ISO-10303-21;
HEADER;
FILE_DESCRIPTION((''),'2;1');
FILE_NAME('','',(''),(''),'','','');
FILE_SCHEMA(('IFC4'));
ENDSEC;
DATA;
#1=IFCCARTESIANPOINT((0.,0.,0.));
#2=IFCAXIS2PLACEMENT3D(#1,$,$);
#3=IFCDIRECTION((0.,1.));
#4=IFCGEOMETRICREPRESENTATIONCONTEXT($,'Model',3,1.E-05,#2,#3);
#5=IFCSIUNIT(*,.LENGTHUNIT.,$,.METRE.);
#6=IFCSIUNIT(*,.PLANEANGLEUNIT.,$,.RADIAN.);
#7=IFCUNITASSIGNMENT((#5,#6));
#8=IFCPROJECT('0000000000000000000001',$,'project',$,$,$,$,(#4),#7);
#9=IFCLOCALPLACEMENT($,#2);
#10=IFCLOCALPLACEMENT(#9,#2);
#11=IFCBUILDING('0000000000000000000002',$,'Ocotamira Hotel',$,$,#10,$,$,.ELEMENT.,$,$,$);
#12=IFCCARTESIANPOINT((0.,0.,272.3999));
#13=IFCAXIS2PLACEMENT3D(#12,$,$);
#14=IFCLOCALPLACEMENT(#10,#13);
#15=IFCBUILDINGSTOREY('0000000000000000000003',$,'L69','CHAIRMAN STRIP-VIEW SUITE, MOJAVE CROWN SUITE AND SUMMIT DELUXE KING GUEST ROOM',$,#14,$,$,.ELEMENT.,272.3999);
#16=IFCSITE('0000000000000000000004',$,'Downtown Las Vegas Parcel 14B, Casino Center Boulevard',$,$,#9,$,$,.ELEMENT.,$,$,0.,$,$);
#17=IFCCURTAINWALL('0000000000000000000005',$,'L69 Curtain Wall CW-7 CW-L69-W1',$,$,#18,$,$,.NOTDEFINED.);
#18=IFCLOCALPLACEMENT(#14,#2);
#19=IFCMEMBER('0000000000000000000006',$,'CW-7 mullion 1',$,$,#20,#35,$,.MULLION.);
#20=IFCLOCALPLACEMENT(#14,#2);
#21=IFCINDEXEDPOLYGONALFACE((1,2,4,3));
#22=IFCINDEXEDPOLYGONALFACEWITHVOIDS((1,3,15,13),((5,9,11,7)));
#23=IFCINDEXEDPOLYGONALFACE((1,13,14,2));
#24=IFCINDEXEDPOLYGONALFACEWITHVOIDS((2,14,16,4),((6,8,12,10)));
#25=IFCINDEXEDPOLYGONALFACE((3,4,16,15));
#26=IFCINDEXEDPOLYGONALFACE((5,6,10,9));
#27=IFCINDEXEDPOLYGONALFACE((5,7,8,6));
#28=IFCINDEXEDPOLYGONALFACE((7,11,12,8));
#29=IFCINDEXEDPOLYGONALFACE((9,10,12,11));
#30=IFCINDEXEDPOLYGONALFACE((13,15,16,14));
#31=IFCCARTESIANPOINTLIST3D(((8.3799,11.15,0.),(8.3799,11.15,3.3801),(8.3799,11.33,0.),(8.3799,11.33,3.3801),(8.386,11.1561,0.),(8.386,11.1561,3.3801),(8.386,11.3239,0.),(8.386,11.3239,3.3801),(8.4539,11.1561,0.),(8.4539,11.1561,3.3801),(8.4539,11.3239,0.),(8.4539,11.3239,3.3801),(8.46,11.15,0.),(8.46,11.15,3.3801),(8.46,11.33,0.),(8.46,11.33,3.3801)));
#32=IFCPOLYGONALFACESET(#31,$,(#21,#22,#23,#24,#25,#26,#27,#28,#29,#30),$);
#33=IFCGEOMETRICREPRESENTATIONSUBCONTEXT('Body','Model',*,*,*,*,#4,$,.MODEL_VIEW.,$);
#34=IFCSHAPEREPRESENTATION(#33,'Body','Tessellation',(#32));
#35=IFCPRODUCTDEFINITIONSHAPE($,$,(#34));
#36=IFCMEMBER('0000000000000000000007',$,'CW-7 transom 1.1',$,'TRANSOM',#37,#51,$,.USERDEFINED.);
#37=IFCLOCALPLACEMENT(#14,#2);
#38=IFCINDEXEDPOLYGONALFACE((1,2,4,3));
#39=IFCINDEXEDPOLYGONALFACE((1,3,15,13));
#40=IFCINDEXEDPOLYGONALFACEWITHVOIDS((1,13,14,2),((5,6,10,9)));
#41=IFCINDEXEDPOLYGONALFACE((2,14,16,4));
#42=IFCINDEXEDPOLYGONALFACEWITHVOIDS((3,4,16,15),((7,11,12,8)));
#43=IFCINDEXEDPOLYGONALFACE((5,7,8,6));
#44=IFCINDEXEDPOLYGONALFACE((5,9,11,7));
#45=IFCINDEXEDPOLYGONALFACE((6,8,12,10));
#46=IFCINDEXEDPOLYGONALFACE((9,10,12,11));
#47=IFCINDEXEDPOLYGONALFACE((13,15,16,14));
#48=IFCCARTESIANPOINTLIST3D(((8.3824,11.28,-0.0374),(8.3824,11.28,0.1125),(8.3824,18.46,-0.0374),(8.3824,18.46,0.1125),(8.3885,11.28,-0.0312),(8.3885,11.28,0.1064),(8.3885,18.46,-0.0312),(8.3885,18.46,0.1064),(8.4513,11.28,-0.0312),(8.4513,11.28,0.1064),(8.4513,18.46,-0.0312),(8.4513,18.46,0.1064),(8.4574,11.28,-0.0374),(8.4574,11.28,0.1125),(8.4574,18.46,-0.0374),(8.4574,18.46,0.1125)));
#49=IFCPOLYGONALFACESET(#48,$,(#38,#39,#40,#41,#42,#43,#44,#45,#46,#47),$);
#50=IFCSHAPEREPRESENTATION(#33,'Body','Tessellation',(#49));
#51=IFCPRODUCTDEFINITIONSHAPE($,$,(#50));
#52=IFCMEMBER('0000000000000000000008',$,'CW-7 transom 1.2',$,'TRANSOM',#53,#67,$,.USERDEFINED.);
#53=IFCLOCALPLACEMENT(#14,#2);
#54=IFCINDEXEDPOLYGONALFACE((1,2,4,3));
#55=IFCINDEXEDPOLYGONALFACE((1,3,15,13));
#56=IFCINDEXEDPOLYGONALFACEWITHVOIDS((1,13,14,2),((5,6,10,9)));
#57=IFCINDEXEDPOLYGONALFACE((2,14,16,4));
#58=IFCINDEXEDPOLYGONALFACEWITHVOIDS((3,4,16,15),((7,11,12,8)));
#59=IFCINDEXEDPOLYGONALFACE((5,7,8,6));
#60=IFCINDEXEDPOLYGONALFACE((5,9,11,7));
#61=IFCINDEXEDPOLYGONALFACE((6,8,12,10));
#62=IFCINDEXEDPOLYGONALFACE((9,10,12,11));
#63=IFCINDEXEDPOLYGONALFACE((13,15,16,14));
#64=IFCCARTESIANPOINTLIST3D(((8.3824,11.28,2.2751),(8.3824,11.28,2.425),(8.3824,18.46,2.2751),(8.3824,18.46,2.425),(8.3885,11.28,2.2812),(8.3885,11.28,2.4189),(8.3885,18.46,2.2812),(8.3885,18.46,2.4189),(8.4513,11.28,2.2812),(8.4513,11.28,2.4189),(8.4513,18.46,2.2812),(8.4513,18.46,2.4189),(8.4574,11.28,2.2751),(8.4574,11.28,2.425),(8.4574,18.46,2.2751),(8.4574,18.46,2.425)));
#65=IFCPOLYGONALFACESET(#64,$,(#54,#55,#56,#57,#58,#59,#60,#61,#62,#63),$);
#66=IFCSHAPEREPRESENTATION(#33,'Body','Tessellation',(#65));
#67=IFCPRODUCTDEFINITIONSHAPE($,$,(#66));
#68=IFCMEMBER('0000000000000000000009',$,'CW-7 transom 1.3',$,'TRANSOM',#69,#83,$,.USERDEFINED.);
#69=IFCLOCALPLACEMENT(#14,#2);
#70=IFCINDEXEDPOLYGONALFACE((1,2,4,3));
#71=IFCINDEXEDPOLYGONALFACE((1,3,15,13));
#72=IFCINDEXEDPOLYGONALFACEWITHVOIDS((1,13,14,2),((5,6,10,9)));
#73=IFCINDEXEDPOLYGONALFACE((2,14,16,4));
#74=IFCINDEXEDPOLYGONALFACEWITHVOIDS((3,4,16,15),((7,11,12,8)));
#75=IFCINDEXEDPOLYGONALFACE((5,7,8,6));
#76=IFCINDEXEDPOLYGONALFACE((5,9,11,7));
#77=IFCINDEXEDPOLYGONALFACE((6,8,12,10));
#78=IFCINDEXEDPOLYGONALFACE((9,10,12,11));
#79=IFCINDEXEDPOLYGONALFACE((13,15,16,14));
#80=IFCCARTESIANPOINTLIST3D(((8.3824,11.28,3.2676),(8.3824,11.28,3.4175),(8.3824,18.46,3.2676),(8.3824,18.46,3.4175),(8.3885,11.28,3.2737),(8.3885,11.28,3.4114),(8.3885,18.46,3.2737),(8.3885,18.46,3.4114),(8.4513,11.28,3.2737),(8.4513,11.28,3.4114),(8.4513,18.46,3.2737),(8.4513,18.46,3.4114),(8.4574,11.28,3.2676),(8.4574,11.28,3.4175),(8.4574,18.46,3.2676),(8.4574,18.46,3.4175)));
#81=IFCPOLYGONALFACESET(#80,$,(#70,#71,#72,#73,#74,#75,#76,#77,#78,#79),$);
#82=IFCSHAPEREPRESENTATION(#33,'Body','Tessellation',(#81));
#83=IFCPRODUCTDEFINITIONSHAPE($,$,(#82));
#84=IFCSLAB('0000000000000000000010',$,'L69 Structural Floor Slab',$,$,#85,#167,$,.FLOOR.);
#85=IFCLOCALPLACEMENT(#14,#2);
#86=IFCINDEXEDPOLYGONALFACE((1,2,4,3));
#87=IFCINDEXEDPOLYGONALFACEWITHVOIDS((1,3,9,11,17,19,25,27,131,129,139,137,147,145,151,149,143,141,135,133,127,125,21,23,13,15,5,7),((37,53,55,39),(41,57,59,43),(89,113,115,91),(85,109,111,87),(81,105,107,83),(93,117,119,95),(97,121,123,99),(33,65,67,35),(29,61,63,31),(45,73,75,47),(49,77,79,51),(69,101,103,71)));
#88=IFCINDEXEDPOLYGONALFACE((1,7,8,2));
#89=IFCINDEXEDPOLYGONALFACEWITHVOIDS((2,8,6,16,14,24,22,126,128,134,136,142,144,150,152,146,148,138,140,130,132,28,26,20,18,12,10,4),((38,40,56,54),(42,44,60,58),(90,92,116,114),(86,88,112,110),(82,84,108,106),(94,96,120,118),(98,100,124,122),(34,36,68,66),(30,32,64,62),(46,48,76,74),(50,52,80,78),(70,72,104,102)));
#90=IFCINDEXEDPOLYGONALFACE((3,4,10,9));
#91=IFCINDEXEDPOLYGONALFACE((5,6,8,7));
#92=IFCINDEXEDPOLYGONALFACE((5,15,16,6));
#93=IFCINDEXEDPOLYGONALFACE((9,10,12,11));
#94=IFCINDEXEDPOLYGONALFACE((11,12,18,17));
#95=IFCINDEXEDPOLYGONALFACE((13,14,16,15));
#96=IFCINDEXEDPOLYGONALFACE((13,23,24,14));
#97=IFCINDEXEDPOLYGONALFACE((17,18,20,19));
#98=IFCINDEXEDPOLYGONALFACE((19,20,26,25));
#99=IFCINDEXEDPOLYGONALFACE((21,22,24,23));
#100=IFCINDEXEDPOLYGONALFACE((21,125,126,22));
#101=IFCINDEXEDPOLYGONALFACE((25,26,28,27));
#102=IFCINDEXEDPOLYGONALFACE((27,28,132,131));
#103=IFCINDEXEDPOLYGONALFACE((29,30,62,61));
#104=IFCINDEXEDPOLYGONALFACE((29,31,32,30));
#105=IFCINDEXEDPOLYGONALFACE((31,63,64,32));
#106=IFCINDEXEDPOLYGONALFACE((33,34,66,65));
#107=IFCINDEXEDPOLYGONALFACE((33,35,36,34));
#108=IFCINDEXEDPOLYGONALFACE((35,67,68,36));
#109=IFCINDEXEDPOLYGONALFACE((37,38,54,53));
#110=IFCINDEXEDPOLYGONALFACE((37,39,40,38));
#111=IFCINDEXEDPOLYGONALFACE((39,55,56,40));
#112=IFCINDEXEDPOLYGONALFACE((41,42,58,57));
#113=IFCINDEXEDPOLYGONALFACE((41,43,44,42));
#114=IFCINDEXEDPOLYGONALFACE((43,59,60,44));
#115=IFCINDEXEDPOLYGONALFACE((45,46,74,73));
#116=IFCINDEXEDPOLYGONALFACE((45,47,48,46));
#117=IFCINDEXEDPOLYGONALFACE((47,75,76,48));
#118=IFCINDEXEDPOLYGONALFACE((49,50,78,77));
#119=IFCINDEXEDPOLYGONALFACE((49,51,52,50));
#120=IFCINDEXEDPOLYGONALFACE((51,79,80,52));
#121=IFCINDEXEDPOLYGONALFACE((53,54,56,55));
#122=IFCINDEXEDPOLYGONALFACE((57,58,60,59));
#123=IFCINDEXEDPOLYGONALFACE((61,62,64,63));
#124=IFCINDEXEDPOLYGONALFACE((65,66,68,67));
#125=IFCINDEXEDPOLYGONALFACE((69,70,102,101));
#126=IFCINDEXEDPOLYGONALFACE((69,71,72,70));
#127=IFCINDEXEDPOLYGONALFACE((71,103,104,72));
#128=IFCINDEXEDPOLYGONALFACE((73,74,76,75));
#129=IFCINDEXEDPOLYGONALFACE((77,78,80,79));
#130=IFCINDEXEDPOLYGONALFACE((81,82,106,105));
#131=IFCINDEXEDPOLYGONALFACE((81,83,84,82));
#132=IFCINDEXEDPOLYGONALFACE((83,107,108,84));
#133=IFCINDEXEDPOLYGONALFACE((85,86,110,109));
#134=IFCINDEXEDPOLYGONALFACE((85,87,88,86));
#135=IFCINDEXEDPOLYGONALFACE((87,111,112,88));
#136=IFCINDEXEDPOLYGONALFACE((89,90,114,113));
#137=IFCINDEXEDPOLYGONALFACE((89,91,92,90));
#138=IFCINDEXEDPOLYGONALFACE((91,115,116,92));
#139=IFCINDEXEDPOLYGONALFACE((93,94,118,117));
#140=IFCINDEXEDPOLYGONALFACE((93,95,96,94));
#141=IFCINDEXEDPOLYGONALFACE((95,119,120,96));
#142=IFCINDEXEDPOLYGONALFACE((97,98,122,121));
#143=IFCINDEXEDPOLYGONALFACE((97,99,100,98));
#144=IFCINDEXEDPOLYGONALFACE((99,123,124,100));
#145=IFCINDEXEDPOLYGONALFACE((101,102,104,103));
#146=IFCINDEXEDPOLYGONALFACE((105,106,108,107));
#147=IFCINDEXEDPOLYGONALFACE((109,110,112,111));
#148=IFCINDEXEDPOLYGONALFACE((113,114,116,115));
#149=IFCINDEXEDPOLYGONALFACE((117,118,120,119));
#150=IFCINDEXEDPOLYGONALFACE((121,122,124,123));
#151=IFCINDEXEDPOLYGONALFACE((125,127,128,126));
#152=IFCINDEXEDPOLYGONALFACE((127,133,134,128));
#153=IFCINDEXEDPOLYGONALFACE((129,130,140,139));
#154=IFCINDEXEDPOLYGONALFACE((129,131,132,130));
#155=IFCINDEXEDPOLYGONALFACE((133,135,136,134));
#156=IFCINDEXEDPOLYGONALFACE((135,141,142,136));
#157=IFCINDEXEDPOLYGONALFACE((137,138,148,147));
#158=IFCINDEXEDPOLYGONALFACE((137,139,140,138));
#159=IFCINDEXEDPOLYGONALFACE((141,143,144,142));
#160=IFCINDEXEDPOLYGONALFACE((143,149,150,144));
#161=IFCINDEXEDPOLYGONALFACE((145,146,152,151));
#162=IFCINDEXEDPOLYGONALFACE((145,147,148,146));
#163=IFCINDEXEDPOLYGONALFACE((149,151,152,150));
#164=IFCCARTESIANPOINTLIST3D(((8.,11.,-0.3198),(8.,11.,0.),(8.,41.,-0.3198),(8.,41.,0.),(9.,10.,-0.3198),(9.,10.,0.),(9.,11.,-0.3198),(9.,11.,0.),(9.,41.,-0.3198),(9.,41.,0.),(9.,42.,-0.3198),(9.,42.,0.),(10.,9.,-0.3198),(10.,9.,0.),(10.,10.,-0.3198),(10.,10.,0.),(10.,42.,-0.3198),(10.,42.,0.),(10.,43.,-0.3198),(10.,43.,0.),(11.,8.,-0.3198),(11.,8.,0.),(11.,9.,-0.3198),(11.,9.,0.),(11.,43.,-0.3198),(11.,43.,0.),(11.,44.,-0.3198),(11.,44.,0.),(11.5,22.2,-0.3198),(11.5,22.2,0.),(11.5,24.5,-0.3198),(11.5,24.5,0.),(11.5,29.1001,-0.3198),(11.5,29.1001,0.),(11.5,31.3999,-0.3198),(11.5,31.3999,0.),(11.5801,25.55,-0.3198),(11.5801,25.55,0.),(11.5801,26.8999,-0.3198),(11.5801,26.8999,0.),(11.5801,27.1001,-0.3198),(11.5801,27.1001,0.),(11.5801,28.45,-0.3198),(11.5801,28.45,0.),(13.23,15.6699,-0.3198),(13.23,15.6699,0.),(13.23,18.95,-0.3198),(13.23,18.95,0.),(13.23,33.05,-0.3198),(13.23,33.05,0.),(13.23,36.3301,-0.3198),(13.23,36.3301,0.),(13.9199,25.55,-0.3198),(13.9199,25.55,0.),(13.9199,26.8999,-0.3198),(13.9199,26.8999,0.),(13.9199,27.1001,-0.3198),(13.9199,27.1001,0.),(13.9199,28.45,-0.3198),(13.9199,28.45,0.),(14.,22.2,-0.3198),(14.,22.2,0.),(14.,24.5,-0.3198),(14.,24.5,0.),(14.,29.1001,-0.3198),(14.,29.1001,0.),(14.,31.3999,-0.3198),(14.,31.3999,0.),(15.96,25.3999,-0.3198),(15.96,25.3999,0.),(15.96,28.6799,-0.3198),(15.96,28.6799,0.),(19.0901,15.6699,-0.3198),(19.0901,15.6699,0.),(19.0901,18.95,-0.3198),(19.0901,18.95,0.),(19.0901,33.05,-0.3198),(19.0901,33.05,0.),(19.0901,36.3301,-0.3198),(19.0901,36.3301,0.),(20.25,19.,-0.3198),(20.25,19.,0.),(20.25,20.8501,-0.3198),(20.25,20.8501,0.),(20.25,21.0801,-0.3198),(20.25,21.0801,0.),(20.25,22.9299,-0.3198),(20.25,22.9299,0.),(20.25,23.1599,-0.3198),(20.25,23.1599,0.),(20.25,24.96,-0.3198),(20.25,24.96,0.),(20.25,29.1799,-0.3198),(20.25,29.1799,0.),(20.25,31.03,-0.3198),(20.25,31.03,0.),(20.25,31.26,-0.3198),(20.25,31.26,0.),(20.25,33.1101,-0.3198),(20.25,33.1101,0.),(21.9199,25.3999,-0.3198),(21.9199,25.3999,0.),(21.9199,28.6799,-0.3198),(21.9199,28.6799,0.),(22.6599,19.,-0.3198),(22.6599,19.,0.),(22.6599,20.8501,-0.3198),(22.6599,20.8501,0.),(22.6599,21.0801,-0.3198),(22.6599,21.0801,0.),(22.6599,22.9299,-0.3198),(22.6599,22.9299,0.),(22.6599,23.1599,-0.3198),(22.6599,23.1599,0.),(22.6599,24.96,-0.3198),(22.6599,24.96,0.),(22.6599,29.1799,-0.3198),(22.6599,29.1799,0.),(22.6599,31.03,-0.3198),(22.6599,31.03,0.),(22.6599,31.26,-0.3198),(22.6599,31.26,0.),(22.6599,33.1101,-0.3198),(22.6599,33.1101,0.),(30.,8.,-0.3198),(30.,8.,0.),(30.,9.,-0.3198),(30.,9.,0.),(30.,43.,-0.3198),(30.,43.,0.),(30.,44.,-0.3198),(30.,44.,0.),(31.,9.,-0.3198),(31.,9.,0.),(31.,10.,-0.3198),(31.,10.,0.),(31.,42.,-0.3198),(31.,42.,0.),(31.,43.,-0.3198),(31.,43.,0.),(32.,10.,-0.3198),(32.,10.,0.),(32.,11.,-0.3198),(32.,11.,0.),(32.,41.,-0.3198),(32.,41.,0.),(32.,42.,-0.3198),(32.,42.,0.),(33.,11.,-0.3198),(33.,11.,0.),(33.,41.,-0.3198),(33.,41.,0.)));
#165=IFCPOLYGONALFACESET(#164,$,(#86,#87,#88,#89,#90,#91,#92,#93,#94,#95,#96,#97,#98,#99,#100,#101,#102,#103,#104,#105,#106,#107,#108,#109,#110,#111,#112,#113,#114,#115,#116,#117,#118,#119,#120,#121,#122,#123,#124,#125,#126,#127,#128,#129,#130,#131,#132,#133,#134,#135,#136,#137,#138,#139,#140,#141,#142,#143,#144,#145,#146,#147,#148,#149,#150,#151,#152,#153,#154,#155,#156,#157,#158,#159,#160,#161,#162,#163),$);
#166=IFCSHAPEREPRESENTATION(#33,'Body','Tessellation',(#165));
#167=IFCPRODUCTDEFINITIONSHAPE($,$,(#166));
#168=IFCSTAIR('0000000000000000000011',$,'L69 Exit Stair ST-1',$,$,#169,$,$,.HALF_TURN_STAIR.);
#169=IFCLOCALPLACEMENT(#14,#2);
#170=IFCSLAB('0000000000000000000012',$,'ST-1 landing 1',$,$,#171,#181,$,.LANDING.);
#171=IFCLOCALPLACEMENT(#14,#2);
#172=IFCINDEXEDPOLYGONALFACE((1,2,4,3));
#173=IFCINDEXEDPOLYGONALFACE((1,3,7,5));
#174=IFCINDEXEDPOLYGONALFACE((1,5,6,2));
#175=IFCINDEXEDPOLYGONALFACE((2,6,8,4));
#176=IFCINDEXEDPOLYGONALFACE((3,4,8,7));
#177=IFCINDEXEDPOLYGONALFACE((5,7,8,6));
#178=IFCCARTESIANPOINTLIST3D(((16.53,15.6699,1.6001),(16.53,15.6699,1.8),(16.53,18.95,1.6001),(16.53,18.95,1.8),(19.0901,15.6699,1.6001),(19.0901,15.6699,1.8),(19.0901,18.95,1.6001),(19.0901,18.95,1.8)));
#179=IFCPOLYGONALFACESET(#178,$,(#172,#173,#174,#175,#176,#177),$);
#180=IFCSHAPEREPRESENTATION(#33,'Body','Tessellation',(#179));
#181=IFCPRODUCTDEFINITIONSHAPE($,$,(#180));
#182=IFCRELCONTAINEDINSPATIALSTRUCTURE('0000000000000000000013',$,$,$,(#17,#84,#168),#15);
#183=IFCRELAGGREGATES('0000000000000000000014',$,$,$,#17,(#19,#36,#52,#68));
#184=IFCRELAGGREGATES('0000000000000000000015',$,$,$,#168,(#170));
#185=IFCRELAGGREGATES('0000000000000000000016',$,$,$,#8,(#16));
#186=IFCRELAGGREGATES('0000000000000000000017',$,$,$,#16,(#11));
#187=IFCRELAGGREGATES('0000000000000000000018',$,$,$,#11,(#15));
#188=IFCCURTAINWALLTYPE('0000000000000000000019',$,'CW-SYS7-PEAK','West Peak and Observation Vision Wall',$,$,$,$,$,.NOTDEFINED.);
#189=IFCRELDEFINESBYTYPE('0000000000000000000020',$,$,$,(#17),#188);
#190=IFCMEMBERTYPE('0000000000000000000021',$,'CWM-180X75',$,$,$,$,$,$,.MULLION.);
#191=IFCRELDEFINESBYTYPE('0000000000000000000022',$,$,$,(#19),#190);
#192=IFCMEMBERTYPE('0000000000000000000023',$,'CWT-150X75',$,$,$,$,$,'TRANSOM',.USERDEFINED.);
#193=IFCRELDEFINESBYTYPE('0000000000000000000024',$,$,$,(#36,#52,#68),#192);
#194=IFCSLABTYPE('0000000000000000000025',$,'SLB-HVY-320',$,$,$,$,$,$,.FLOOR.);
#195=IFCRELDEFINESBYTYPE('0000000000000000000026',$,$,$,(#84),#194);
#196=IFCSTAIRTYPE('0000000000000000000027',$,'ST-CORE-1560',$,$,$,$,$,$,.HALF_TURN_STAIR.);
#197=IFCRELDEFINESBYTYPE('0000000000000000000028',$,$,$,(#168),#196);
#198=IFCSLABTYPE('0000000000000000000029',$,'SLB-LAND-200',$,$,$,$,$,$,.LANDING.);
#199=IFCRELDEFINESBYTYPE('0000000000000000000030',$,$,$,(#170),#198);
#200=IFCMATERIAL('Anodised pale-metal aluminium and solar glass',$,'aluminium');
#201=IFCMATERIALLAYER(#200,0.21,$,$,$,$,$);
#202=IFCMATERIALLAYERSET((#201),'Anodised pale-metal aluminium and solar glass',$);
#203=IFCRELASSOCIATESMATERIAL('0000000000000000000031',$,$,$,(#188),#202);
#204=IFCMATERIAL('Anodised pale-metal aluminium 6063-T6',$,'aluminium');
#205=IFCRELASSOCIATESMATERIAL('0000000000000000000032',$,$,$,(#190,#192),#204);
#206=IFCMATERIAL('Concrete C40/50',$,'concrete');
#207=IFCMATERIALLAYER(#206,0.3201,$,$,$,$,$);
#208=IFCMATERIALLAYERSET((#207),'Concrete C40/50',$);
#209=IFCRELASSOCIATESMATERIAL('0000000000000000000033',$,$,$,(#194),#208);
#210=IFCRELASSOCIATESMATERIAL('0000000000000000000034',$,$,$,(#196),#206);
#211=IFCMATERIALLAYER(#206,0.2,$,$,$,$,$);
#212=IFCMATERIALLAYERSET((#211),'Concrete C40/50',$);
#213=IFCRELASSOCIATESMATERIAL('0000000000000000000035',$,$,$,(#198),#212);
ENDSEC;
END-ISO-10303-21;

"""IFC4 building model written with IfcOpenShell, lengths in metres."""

from ifc_helpers import new_model, si_unit, direction, frame, origin, origin_2d, place, context, subcontext, project, spatial, polyline, hollow_rectangle, outline, extrude, source, transform, mapped, material, layer, layer_set, material_profile, profile_set, type_object, element, aggregate, save


model = new_model("IFC4")

# Units and contexts
model_context = context("Model", 3, precision=1e-05, world=origin(), true_north=direction((0.0, 1.0)))
body_context = subcontext(model_context, "Body", "Model", "MODEL_VIEW")
ifc_project = project(units=[si_unit("LENGTHUNIT", "METRE"), si_unit("PLANEANGLEUNIT", "RADIAN")], contexts=[model_context])

# Site, building, storey
site_placement = place(None, origin())
site = spatial("IfcSite", under=ifc_project, at=site_placement, Name="Downtown Las Vegas Parcel 14B, Casino Center Boulevard", CompositionType="ELEMENT", RefElevation=0.0)
building_placement = place(site_placement, origin())
building = spatial("IfcBuilding", under=site, at=building_placement, Name="Ocotamira Hotel", CompositionType="ELEMENT")
storey_placement = place(building_placement, frame((0.0, 0.0, 272.3999)))
storey = spatial("IfcBuildingStorey", under=building, at=storey_placement, Name="L69", Description="CHAIRMAN STRIP-VIEW SUITE, MOJAVE CROWN SUITE AND SUMMIT DELUXE KING GUEST ROOM", CompositionType="ELEMENT", Elevation=272.3999)

# Curtain wall, members
ifc_material_1 = material(Name="Anodised pale-metal aluminium and solar glass", Category="aluminium")
ifc_layer_1 = layer(ifc_material_1, 0.21)
ifc_layer_set_1 = layer_set([ifc_layer_1], Name="Anodised pale-metal aluminium and solar glass")
curtain_wall_type = type_object("IfcCurtainWallType", Name="CW-SYS7-PEAK", Description="West Peak and Observation Vision Wall", PredefinedType="NOTDEFINED", material=ifc_layer_set_1)
curtain_wall_placement = place(storey_placement, origin())
curtain_wall = element("IfcCurtainWall", 1, at=curtain_wall_placement, inside=storey, type_object=curtain_wall_type, Name="L69 Curtain Wall CW-7 CW-L69-W1", PredefinedType="NOTDEFINED")
ifc_material_2 = material(Name="Anodised pale-metal aluminium 6063-T6", Category="aluminium")
ifc_material_profile_1 = material_profile(ifc_material_2, hollow_rectangle(XDim=0.0801, YDim=0.1799, WallThickness=0.0061, at=origin_2d()), Name="HSS180X80X6")
ifc_profile_set_1 = profile_set([ifc_material_profile_1], Name="Anodised pale-metal aluminium 6063-T6")
member_type_1 = type_object("IfcMemberType", Name="CWM-180X75", PredefinedType="MULLION", material=ifc_profile_set_1)
shared_shape_1 = source(origin(), body_context, "Body", "SweptSolid", [
    extrude(hollow_rectangle(XDim=0.0801, YDim=0.1799, WallThickness=0.0061, at=origin_2d()), origin(), (0.0, 0.0, 1.0), 3.3801),
])
member_1_placement = place(storey_placement, frame((8.4199, 11.24, 0.0), z_axis=(0.0, 0.0, 1.0), x_axis=(-1.0, 0.0, 0.0)))
member_1 = element("IfcMember", 2, at=member_1_placement, type_object=member_type_1, Name="CW-7 mullion 1", PredefinedType="MULLION", context=body_context, shape_type="MappedRepresentation", body=[
    mapped(shared_shape_1, transform((0.0, 0.0, 0.0), scale=1.0)),
])
ifc_material_profile_2 = material_profile(ifc_material_2, hollow_rectangle(XDim=0.075, YDim=0.1499, WallThickness=0.0061, at=origin_2d()), Name="HSS150X75X6")
ifc_profile_set_2 = profile_set([ifc_material_profile_2], Name="Anodised pale-metal aluminium 6063-T6")
member_type_2 = type_object("IfcMemberType", Name="CWT-150X75", ElementType="TRANSOM", PredefinedType="USERDEFINED", material=ifc_profile_set_2)
shared_shape_2 = source(origin(), body_context, "Body", "SweptSolid", [
    extrude(hollow_rectangle(XDim=0.075, YDim=0.1499, WallThickness=0.0061, at=origin_2d()), origin(), (0.0, 0.0, 1.0), 7.1799),
])
member_2_placement = place(storey_placement, frame((8.4199, 11.28, 0.0376), z_axis=(0.0, 1.0, 0.0), x_axis=(-1.0, 0.0, 0.0)))
member_2 = element("IfcMember", 3, at=member_2_placement, type_object=member_type_2, Name="CW-7 transom 1.1", ObjectType="TRANSOM", PredefinedType="USERDEFINED", context=body_context, shape_type="MappedRepresentation", body=[
    mapped(shared_shape_2, transform((0.0, 0.0, 0.0), scale=1.0)),
])
member_3_placement = place(storey_placement, frame((8.4199, 11.28, 2.3501), z_axis=(0.0, 1.0, 0.0), x_axis=(-1.0, 0.0, 0.0)))
member_3 = element("IfcMember", 4, at=member_3_placement, type_object=member_type_2, Name="CW-7 transom 1.2", ObjectType="TRANSOM", PredefinedType="USERDEFINED", context=body_context, shape_type="MappedRepresentation", body=[
    mapped(shared_shape_2, transform((0.0, 0.0, 0.0), scale=1.0)),
])
member_4_placement = place(storey_placement, frame((8.4199, 11.28, 3.3425), z_axis=(0.0, 1.0, 0.0), x_axis=(-1.0, 0.0, 0.0)))
member_4 = element("IfcMember", 5, at=member_4_placement, type_object=member_type_2, Name="CW-7 transom 1.3", ObjectType="TRANSOM", PredefinedType="USERDEFINED", context=body_context, shape_type="MappedRepresentation", body=[
    mapped(shared_shape_2, transform((0.0, 0.0, 0.0), scale=1.0)),
])
aggregate(curtain_wall, [member_1, member_2, member_3, member_4])

# Slab
ifc_material_3 = material(Name="Concrete C40/50", Category="concrete")
ifc_layer_2 = layer(ifc_material_3, 0.3201)
ifc_layer_set_2 = layer_set([ifc_layer_2], Name="Concrete C40/50")
slab_type_1 = type_object("IfcSlabType", Name="SLB-HVY-320", PredefinedType="FLOOR", material=ifc_layer_set_2)
slab_1_placement = place(storey_placement, frame((0.0, 0.0, -0.3198)))
element("IfcSlab", 6, at=slab_1_placement, inside=storey, type_object=slab_type_1, Name="L69 Structural Floor Slab", PredefinedType="FLOOR", context=body_context, shape_type="SweptSolid", body=[
    extrude(outline(polyline([(11.0, 8.0), (30.0, 8.0), (30.0, 9.0), (31.0, 9.0), (31.0, 10.0), (32.0, 10.0), (32.0, 11.0), (33.0, 11.0), (33.0, 41.0), (32.0, 41.0), (32.0, 42.0), (31.0, 42.0), (31.0, 43.0), (30.0, 43.0), (30.0, 44.0), (11.0, 44.0), (11.0, 43.0), (10.0, 43.0), (10.0, 42.0), (9.0, 42.0), (9.0, 41.0), (8.0, 41.0), (8.0, 11.0), (9.0, 11.0), (9.0, 10.0), (10.0, 10.0), (10.0, 9.0), (11.0, 9.0), (11.0, 8.0)]), holes=[polyline([(13.23, 15.6699), (19.0901, 15.6699), (19.0901, 18.95), (13.23, 18.95), (13.23, 15.6699)]), polyline([(13.23, 33.05), (19.0901, 33.05), (19.0901, 36.3301), (13.23, 36.3301), (13.23, 33.05)]), polyline([(15.96, 25.3999), (21.9199, 25.3999), (21.9199, 28.6799), (15.96, 28.6799), (15.96, 25.3999)]), polyline([(20.25, 19.0), (22.6599, 19.0), (22.6599, 20.8501), (20.25, 20.8501), (20.25, 19.0)]), polyline([(20.25, 21.0801), (22.6599, 21.0801), (22.6599, 22.9299), (20.25, 22.9299), (20.25, 21.0801)]), polyline([(20.25, 23.1599), (22.6599, 23.1599), (22.6599, 24.96), (20.25, 24.96), (20.25, 23.1599)]), polyline([(20.25, 29.1799), (22.6599, 29.1799), (22.6599, 31.03), (20.25, 31.03), (20.25, 29.1799)]), polyline([(20.25, 31.26), (22.6599, 31.26), (22.6599, 33.1101), (20.25, 33.1101), (20.25, 31.26)]), polyline([(11.5, 22.2), (14.0, 22.2), (14.0, 24.5), (11.5, 24.5), (11.5, 22.2)]), polyline([(11.5, 29.1001), (14.0, 29.1001), (14.0, 31.3999), (11.5, 31.3999), (11.5, 29.1001)]), polyline([(11.5801, 25.55), (13.9199, 25.55), (13.9199, 26.8999), (11.5801, 26.8999), (11.5801, 25.55)]), polyline([(11.5801, 27.1001), (13.9199, 27.1001), (13.9199, 28.45), (11.5801, 28.45), (11.5801, 27.1001)])]), origin(), (0.0, 0.0, 1.0), 0.3198),
])

# Stair, slab
stair_type = type_object("IfcStairType", Name="ST-CORE-1560", PredefinedType="HALF_TURN_STAIR", material=ifc_material_3)
stair_1_placement = place(storey_placement, origin())
stair_1 = element("IfcStair", 7, at=stair_1_placement, inside=storey, type_object=stair_type, Name="L69 Exit Stair ST-1", PredefinedType="HALF_TURN_STAIR")
ifc_layer_3 = layer(ifc_material_3, 0.2)
ifc_layer_set_3 = layer_set([ifc_layer_3], Name="Concrete C40/50")
slab_type_2 = type_object("IfcSlabType", Name="SLB-LAND-200", PredefinedType="LANDING", material=ifc_layer_set_3)
slab_2_placement = place(storey_placement, frame((0.0, 0.0, 1.6001)))
slab_2 = element("IfcSlab", 8, at=slab_2_placement, type_object=slab_type_2, Name="ST-1 landing 1", PredefinedType="LANDING", context=body_context, shape_type="SweptSolid", body=[
    extrude(outline(polyline([(16.53, 15.6699), (19.0901, 15.6699), (19.0901, 18.95), (16.53, 18.95), (16.53, 15.6699)])), origin(), (0.0, 0.0, 1.0), 0.2),
])
aggregate(stair_1, [slab_2])

save(model, "model.ifc")
